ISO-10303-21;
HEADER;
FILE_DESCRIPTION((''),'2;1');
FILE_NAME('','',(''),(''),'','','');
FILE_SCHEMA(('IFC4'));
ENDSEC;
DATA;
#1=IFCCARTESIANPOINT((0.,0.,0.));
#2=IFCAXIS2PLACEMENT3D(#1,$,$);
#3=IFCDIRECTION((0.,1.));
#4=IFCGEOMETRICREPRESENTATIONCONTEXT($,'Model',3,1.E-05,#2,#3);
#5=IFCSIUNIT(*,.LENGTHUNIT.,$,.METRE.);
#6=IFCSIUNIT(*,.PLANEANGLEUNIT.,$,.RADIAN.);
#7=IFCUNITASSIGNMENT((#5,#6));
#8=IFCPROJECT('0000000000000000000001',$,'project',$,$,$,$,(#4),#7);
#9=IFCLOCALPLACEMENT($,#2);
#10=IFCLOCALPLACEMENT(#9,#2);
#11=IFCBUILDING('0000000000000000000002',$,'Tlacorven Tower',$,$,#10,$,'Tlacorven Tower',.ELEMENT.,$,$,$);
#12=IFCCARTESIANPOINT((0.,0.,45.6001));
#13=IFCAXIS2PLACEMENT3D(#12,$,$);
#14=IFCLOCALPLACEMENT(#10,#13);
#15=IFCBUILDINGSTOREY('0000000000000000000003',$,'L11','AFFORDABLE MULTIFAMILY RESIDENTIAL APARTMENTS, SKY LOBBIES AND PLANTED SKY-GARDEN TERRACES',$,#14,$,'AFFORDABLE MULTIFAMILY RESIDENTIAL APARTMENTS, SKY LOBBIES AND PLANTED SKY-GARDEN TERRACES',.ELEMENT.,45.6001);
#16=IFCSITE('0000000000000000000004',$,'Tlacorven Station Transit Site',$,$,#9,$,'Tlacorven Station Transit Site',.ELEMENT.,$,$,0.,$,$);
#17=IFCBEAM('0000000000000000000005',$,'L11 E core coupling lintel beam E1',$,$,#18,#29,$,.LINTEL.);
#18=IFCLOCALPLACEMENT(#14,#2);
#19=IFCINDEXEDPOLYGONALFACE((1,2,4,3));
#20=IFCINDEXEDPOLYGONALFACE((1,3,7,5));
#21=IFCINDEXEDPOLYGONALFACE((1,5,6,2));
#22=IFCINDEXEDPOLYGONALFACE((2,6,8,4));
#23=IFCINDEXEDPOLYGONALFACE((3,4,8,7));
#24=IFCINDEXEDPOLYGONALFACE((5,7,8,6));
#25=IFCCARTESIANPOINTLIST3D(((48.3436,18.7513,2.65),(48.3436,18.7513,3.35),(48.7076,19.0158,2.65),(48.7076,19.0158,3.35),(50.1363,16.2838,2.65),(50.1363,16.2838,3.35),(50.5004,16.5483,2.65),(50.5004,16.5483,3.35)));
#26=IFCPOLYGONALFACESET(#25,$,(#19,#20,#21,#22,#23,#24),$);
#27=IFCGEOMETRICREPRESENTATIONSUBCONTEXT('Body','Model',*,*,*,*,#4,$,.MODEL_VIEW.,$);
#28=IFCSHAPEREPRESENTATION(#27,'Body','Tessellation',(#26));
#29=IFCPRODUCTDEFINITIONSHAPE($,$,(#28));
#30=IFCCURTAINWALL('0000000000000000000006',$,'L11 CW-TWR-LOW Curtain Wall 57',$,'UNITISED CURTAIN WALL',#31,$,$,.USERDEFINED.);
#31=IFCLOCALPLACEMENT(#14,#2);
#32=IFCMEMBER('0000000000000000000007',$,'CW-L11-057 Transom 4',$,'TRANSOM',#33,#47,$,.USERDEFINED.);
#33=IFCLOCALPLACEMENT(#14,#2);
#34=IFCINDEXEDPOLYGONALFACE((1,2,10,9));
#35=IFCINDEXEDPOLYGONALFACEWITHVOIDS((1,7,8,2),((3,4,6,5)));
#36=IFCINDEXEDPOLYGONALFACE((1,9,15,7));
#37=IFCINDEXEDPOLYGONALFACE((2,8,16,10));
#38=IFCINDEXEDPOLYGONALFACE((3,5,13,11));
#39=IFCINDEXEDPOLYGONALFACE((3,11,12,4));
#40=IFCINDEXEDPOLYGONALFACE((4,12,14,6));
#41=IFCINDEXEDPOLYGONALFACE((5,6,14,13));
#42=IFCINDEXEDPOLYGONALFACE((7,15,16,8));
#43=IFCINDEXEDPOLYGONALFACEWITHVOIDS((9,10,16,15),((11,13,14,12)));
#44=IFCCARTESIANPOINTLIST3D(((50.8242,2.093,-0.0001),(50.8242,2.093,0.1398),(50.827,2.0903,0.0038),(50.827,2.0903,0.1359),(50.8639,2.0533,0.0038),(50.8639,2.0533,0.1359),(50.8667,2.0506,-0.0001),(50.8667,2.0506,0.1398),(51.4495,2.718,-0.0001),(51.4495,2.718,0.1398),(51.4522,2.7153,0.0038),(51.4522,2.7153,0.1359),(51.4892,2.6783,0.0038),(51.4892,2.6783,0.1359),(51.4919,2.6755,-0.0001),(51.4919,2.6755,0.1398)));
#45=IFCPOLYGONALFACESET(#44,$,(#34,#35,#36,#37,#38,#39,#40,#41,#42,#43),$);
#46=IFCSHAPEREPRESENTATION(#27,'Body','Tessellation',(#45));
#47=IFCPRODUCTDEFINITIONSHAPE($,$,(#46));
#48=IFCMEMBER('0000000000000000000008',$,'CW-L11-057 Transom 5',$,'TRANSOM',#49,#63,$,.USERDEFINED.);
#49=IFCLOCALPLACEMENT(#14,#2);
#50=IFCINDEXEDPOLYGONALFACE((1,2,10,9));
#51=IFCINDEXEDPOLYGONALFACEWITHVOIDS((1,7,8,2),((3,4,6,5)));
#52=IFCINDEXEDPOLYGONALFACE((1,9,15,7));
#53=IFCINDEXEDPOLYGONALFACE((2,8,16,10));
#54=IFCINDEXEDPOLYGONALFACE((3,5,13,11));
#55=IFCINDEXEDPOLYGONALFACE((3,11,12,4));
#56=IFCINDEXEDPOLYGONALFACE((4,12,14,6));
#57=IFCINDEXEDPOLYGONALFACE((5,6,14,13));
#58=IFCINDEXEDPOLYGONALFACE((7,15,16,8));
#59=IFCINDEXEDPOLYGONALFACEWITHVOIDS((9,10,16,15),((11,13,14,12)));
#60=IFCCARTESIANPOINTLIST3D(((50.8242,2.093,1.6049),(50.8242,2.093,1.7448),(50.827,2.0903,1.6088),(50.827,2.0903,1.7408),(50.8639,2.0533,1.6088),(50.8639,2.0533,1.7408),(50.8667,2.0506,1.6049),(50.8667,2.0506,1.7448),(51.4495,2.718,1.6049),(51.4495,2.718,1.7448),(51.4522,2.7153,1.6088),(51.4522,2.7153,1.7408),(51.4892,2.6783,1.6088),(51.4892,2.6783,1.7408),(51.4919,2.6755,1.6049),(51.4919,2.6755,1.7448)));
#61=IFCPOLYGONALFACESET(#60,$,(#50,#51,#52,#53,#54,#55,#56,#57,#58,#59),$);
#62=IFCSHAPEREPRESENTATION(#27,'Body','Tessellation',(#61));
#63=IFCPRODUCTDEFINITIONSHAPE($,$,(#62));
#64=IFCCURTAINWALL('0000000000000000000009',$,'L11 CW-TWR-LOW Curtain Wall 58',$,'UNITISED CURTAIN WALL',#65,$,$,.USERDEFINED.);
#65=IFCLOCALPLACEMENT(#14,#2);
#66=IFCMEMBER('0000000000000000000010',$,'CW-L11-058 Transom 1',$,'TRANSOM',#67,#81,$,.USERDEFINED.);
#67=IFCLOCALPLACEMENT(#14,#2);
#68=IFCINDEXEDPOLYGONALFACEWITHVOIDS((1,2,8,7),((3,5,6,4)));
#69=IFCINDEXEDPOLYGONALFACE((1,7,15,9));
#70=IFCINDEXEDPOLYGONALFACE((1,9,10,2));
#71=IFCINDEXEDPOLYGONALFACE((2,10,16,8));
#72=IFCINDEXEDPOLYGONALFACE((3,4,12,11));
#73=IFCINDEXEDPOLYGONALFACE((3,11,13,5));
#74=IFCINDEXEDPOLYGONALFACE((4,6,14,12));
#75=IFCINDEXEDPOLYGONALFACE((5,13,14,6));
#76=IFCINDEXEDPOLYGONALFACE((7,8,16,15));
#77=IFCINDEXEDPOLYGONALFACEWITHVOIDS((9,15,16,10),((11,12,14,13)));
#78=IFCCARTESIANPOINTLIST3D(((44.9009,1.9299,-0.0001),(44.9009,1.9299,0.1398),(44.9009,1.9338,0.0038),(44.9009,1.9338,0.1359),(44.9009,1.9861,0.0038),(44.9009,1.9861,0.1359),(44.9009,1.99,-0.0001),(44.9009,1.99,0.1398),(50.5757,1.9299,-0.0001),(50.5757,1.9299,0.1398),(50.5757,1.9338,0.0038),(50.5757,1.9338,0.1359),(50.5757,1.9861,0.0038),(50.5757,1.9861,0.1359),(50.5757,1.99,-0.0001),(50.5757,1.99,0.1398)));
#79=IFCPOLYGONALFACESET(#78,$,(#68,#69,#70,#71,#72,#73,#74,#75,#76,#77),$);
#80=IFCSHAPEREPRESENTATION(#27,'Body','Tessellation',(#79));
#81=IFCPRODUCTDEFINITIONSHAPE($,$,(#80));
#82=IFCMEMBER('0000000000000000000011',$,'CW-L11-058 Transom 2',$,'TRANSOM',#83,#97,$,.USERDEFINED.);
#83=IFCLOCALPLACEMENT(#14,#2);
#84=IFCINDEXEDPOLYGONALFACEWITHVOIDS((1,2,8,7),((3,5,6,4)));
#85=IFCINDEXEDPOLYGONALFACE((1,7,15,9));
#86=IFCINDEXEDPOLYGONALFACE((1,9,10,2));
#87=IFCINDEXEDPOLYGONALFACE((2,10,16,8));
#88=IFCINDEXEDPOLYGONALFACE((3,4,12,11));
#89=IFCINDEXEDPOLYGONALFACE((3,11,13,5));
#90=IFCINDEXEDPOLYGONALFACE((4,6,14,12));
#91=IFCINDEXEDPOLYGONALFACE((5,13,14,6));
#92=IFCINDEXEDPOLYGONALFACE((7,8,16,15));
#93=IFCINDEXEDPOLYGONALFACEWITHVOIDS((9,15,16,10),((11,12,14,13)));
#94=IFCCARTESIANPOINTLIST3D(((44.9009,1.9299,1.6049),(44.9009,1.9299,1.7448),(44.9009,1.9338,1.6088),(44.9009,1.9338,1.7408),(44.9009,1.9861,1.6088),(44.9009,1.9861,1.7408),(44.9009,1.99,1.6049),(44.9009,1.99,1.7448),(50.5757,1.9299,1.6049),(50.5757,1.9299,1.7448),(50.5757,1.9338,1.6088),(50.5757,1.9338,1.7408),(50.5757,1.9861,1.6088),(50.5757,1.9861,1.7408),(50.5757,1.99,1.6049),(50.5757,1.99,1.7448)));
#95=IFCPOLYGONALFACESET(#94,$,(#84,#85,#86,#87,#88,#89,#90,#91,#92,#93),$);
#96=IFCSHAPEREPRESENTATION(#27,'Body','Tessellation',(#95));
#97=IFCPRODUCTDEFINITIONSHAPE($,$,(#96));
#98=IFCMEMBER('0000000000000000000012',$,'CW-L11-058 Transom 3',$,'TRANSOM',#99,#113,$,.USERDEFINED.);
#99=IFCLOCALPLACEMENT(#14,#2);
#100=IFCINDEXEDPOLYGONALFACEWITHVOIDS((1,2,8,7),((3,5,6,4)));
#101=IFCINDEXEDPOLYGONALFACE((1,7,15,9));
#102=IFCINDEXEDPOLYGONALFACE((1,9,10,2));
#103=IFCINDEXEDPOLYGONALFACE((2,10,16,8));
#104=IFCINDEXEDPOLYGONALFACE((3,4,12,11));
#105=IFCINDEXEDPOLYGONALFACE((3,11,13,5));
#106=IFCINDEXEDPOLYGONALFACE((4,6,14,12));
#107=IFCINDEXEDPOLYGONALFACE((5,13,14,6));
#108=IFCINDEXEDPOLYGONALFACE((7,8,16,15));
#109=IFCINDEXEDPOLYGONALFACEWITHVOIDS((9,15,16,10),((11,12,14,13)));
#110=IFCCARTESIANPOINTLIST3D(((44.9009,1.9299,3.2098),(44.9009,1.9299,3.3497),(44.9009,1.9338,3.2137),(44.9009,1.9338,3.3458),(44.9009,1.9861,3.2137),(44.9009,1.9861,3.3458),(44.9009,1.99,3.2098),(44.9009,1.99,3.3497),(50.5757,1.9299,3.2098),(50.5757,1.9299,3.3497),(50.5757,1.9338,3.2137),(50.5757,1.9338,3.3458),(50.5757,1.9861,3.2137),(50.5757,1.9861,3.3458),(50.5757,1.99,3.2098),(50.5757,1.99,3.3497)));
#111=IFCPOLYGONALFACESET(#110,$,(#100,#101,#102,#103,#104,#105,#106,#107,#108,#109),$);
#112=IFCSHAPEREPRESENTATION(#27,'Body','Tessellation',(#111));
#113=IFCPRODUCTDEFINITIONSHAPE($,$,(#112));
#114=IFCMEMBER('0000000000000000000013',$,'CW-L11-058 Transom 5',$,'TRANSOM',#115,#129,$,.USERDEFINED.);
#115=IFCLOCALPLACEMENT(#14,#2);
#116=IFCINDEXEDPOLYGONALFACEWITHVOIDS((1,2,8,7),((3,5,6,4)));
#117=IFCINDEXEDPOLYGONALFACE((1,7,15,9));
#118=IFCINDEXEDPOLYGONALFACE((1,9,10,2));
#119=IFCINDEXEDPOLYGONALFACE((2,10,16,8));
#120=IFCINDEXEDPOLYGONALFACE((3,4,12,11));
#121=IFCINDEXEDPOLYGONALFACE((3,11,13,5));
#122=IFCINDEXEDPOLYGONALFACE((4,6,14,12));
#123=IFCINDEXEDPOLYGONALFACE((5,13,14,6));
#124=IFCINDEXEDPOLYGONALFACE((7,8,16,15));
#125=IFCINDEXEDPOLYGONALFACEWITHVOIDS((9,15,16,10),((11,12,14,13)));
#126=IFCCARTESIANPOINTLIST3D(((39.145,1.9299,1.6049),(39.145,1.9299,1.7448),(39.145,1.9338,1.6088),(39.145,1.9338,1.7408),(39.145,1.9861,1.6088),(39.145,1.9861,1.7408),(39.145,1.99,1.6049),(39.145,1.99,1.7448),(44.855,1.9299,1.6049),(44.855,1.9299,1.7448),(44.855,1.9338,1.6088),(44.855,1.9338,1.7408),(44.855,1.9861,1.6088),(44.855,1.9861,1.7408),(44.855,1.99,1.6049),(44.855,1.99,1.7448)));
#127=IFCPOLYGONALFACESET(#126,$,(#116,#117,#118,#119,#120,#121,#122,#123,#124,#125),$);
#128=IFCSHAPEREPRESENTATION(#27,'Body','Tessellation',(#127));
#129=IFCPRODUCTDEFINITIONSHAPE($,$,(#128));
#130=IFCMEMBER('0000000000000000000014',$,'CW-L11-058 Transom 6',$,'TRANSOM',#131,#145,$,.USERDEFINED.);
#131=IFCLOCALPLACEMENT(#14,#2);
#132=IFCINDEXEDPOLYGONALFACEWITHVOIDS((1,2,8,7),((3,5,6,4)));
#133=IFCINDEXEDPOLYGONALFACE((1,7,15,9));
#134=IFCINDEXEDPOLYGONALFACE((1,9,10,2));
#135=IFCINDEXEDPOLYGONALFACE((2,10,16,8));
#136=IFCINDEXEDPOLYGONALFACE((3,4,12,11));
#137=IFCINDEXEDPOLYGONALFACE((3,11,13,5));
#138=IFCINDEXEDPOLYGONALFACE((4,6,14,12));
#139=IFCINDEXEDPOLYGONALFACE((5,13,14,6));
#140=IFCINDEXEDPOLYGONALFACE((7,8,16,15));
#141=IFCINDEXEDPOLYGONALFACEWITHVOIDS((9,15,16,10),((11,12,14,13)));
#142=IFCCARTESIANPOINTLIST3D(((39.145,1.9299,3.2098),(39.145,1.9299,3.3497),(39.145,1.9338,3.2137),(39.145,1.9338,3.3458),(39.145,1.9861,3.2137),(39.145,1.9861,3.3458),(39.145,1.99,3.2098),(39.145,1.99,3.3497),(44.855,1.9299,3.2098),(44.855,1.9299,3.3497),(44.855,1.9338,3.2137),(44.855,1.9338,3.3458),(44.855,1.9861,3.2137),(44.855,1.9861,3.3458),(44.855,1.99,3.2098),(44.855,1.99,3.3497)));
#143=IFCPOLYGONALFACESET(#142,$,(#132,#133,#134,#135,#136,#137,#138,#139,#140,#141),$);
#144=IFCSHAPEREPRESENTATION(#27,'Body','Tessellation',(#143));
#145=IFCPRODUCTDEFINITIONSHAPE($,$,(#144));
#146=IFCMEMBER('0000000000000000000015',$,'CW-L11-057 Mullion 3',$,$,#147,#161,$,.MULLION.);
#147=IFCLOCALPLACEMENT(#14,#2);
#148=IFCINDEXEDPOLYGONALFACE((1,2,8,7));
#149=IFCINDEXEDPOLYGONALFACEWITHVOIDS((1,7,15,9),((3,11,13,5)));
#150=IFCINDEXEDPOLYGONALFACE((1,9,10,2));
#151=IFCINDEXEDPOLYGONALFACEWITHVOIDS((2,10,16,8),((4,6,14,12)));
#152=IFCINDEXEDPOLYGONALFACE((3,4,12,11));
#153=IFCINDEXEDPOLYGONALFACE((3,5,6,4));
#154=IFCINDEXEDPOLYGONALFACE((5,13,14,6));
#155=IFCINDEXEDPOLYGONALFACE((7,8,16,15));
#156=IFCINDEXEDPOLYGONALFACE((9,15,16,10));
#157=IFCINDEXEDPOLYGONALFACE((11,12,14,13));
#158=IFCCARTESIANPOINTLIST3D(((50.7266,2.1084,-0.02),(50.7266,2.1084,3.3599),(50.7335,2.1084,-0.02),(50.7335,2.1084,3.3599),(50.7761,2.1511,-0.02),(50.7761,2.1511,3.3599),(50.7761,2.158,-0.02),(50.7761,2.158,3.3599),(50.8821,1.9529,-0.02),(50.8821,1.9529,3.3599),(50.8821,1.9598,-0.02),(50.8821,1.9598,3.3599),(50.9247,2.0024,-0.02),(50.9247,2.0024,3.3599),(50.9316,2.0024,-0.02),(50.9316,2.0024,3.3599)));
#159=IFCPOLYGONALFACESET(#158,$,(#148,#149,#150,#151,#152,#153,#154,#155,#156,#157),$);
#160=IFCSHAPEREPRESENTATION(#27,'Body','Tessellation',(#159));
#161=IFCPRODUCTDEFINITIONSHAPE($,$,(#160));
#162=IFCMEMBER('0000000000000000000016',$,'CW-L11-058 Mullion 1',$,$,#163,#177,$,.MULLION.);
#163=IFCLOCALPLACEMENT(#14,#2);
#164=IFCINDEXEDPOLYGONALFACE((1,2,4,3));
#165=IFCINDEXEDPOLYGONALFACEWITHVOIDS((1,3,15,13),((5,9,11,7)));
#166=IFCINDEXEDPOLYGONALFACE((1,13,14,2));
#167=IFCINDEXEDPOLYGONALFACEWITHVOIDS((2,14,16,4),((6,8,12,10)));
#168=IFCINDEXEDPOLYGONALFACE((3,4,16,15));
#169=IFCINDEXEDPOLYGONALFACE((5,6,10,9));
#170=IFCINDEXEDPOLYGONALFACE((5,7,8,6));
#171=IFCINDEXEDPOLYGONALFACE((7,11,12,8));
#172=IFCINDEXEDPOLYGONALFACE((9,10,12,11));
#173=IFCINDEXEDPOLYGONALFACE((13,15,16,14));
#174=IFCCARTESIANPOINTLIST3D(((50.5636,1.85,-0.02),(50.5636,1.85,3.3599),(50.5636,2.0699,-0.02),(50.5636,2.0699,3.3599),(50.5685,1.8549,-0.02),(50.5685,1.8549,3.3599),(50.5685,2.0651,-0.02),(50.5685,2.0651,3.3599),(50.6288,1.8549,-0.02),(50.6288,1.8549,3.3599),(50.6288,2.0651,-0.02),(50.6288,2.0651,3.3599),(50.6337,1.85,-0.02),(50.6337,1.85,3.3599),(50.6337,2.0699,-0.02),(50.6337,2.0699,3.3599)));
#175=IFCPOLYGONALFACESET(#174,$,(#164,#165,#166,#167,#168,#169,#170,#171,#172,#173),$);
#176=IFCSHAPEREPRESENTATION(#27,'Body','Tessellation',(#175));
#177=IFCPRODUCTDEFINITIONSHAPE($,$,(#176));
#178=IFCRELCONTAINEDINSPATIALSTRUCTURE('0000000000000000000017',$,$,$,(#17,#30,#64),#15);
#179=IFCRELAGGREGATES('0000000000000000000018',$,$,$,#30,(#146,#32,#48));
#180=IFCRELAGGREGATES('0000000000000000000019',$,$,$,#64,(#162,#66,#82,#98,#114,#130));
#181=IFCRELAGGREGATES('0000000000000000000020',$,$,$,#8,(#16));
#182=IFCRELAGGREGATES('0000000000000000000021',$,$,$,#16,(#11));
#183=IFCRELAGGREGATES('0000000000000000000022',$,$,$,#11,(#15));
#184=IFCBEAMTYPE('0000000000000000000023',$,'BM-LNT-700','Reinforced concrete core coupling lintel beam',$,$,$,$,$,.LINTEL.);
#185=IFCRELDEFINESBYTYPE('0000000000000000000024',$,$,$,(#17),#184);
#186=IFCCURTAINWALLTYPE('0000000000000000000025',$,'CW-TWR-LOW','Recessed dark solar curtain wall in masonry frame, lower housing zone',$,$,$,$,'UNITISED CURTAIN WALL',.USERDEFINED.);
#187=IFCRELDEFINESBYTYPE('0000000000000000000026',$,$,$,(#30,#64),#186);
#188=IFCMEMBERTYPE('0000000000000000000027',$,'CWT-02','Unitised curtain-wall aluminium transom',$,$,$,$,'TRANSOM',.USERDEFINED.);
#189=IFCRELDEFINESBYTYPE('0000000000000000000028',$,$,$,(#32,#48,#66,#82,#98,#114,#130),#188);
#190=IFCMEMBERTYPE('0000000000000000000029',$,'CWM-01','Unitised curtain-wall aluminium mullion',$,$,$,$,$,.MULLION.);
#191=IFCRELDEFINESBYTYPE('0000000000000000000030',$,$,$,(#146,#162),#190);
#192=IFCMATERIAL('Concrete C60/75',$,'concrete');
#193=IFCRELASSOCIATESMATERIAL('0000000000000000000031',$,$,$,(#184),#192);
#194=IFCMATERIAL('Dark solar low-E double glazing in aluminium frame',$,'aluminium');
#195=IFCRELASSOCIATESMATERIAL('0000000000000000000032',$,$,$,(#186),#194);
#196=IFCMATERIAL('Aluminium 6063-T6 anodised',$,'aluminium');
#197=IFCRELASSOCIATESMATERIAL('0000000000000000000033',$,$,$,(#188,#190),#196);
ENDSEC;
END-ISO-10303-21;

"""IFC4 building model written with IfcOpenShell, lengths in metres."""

from ifc_helpers import new_model, si_unit, direction, frame, origin, origin_2d, place, context, subcontext, project, spatial, rectangle, hollow_rectangle, extrude, source, transform, mapped, material, material_profile, profile_set, type_object, element, aggregate, save


model = new_model("IFC4")

# Units and contexts
model_context = context("Model", 3, precision=1e-05, world=origin(), true_north=direction((0.0, 1.0)))
body_context = subcontext(model_context, "Body", "Model", "MODEL_VIEW")
ifc_project = project(units=[si_unit("LENGTHUNIT", "METRE"), si_unit("PLANEANGLEUNIT", "RADIAN")], contexts=[model_context])

# Site, building, storey
site_placement = place(None, origin())
site = spatial("IfcSite", under=ifc_project, at=site_placement, Name="Tlacorven Station Transit Site", LongName="Tlacorven Station Transit Site", CompositionType="ELEMENT", RefElevation=0.0)
building_placement = place(site_placement, origin())
building = spatial("IfcBuilding", under=site, at=building_placement, Name="Tlacorven Tower", LongName="Tlacorven Tower", CompositionType="ELEMENT")
storey_placement = place(building_placement, frame((0.0, 0.0, 45.6001)))
storey = spatial("IfcBuildingStorey", under=building, at=storey_placement, Name="L11", Description="AFFORDABLE MULTIFAMILY RESIDENTIAL APARTMENTS, SKY LOBBIES AND PLANTED SKY-GARDEN TERRACES", LongName="AFFORDABLE MULTIFAMILY RESIDENTIAL APARTMENTS, SKY LOBBIES AND PLANTED SKY-GARDEN TERRACES", CompositionType="ELEMENT", Elevation=45.6001)

# Beam
ifc_material_1 = material(Name="Concrete C60/75", Category="concrete")
ifc_material_profile_1 = material_profile(ifc_material_1, rectangle(XDim=0.45, YDim=0.7, at=origin_2d()), Name="RC 450X700")
ifc_profile_set_1 = profile_set([ifc_material_profile_1], Name="Concrete C60/75")
beam_type = type_object("IfcBeamType", Name="BM-LNT-700", Description="Reinforced concrete core coupling lintel beam", PredefinedType="LINTEL", material=ifc_profile_set_1)
shared_shape_1 = source(origin(), body_context, "Body", "SweptSolid", [
    extrude(rectangle(XDim=0.45, YDim=0.7, at=origin_2d()), origin(), (0.0, 0.0, 1.0), 3.05),
])
beam_placement = place(storey_placement, frame((50.3184, 16.416, 3.0), z_axis=(-0.587777, 0.809023, 0.0), x_axis=(-0.809023, -0.587777, 0.0)))
element("IfcBeam", 1, at=beam_placement, inside=storey, type_object=beam_type, Name="L11 E core coupling lintel beam E1", PredefinedType="LINTEL", context=body_context, shape_type="MappedRepresentation", body=[
    mapped(shared_shape_1, transform((0.0, 0.0, 0.0), scale=1.0)),
])

# Curtain walls, members
ifc_material_2 = material(Name="Dark solar low-E double glazing in aluminium frame", Category="aluminium")
curtain_wall_type = type_object("IfcCurtainWallType", Name="CW-TWR-LOW", Description="Recessed dark solar curtain wall in masonry frame, lower housing zone", ElementType="UNITISED CURTAIN WALL", PredefinedType="USERDEFINED", material=ifc_material_2)
curtain_wall_1_placement = place(storey_placement, origin())
curtain_wall_1 = element("IfcCurtainWall", 2, at=curtain_wall_1_placement, inside=storey, type_object=curtain_wall_type, Name="L11 CW-TWR-LOW Curtain Wall 57", ObjectType="UNITISED CURTAIN WALL", PredefinedType="USERDEFINED")
ifc_material_3 = material(Name="Aluminium 6063-T6 anodised", Category="aluminium")
ifc_material_profile_2 = material_profile(ifc_material_3, hollow_rectangle(XDim=0.0601, YDim=0.1399, WallThickness=0.0039, at=origin_2d()), Name="ALU TRANSOM 60X140")
ifc_profile_set_2 = profile_set([ifc_material_profile_2], Name="Aluminium 6063-T6 anodised")
member_type_1 = type_object("IfcMemberType", Name="CWT-02", Description="Unitised curtain-wall aluminium transom", ElementType="TRANSOM", PredefinedType="USERDEFINED", material=ifc_profile_set_2)
shared_shape_2 = source(origin(), body_context, "Body", "SweptSolid", [
    extrude(hollow_rectangle(XDim=0.0601, YDim=0.1399, WallThickness=0.0039, at=origin_2d()), origin(), (0.0, 0.0, 1.0), 0.884),
])
member_1_placement = place(storey_placement, frame((51.4707, 2.6968, 0.0698), z_axis=(-0.707245, -0.706969, 0.0), x_axis=(0.706969, -0.707245, 0.0)))
member_1 = element("IfcMember", 3, at=member_1_placement, type_object=member_type_1, Name="CW-L11-057 Transom 4", ObjectType="TRANSOM", PredefinedType="USERDEFINED", context=body_context, shape_type="MappedRepresentation", body=[
    mapped(shared_shape_2, transform((0.0, 0.0, 0.0), scale=1.0)),
])
member_2_placement = place(storey_placement, frame((51.4707, 2.6968, 1.6748), z_axis=(-0.707245, -0.706969, 0.0), x_axis=(0.706969, -0.707245, 0.0)))
member_2 = element("IfcMember", 4, at=member_2_placement, type_object=member_type_1, Name="CW-L11-057 Transom 5", ObjectType="TRANSOM", PredefinedType="USERDEFINED", context=body_context, shape_type="MappedRepresentation", body=[
    mapped(shared_shape_2, transform((0.0, 0.0, 0.0), scale=1.0)),
])
curtain_wall_2_placement = place(storey_placement, origin())
curtain_wall_2 = element("IfcCurtainWall", 5, at=curtain_wall_2_placement, inside=storey, type_object=curtain_wall_type, Name="L11 CW-TWR-LOW Curtain Wall 58", ObjectType="UNITISED CURTAIN WALL", PredefinedType="USERDEFINED")
shared_shape_3 = source(origin(), body_context, "Body", "SweptSolid", [
    extrude(hollow_rectangle(XDim=0.0601, YDim=0.1399, WallThickness=0.0039, at=origin_2d()), origin(), (0.0, 0.0, 1.0), 5.6748),
])
member_3_placement = place(storey_placement, frame((50.5757, 1.96, 0.0698), z_axis=(-1.0, 0.0, 0.0), x_axis=(0.0, -1.0, 0.0)))
member_3 = element("IfcMember", 6, at=member_3_placement, type_object=member_type_1, Name="CW-L11-058 Transom 1", ObjectType="TRANSOM", PredefinedType="USERDEFINED", context=body_context, shape_type="MappedRepresentation", body=[
    mapped(shared_shape_3, transform((0.0, 0.0, 0.0), scale=1.0)),
])
member_4_placement = place(storey_placement, frame((50.5757, 1.96, 1.6748), z_axis=(-1.0, 0.0, 0.0), x_axis=(0.0, -1.0, 0.0)))
member_4 = element("IfcMember", 7, at=member_4_placement, type_object=member_type_1, Name="CW-L11-058 Transom 2", ObjectType="TRANSOM", PredefinedType="USERDEFINED", context=body_context, shape_type="MappedRepresentation", body=[
    mapped(shared_shape_3, transform((0.0, 0.0, 0.0), scale=1.0)),
])
member_5_placement = place(storey_placement, frame((50.5757, 1.96, 3.2798), z_axis=(-1.0, 0.0, 0.0), x_axis=(0.0, -1.0, 0.0)))
member_5 = element("IfcMember", 8, at=member_5_placement, type_object=member_type_1, Name="CW-L11-058 Transom 3", ObjectType="TRANSOM", PredefinedType="USERDEFINED", context=body_context, shape_type="MappedRepresentation", body=[
    mapped(shared_shape_3, transform((0.0, 0.0, 0.0), scale=1.0)),
])
shared_shape_4 = source(origin(), body_context, "Body", "SweptSolid", [
    extrude(hollow_rectangle(XDim=0.0601, YDim=0.1399, WallThickness=0.0039, at=origin_2d()), origin(), (0.0, 0.0, 1.0), 5.71),
])
member_6_placement = place(storey_placement, frame((44.855, 1.96, 1.6748), z_axis=(-1.0, 0.0, 0.0), x_axis=(0.0, -1.0, 0.0)))
member_6 = element("IfcMember", 9, at=member_6_placement, type_object=member_type_1, Name="CW-L11-058 Transom 5", ObjectType="TRANSOM", PredefinedType="USERDEFINED", context=body_context, shape_type="MappedRepresentation", body=[
    mapped(shared_shape_4, transform((0.0, 0.0, 0.0), scale=1.0)),
])
member_7_placement = place(storey_placement, frame((44.855, 1.96, 3.2798), z_axis=(-1.0, 0.0, 0.0), x_axis=(0.0, -1.0, 0.0)))
member_7 = element("IfcMember", 10, at=member_7_placement, type_object=member_type_1, Name="CW-L11-058 Transom 6", ObjectType="TRANSOM", PredefinedType="USERDEFINED", context=body_context, shape_type="MappedRepresentation", body=[
    mapped(shared_shape_4, transform((0.0, 0.0, 0.0), scale=1.0)),
])

# Members
ifc_material_profile_3 = material_profile(ifc_material_3, hollow_rectangle(XDim=0.0701, YDim=0.22, WallThickness=0.0049, at=origin_2d()), Name="ALU MULLION 70X220")
ifc_profile_set_3 = profile_set([ifc_material_profile_3], Name="Aluminium 6063-T6 anodised")
member_type_2 = type_object("IfcMemberType", Name="CWM-01", Description="Unitised curtain-wall aluminium mullion", PredefinedType="MULLION", material=ifc_profile_set_3)
shared_shape_5 = source(origin(), body_context, "Body", "SweptSolid", [
    extrude(hollow_rectangle(XDim=0.0701, YDim=0.22, WallThickness=0.0049, at=origin_2d()), origin(), (0.0, 0.0, 1.0), 3.3799),
])
member_8_placement = place(storey_placement, frame((50.8291, 2.0554, -0.02), z_axis=(0.0, 0.0, 1.0), x_axis=(-0.707107, -0.707107, 0.0)))
member_8 = element("IfcMember", 11, at=member_8_placement, type_object=member_type_2, Name="CW-L11-057 Mullion 3", PredefinedType="MULLION", context=body_context, shape_type="MappedRepresentation", body=[
    mapped(shared_shape_5, transform((0.0, 0.0, 0.0), scale=1.0)),
])
member_9_placement = place(storey_placement, frame((50.5986, 1.96, -0.02), z_axis=(0.0, 0.0, 1.0), x_axis=(-1.0, 0.0, 0.0)))
member_9 = element("IfcMember", 12, at=member_9_placement, type_object=member_type_2, Name="CW-L11-058 Mullion 1", PredefinedType="MULLION", context=body_context, shape_type="MappedRepresentation", body=[
    mapped(shared_shape_5, transform((0.0, 0.0, 0.0), scale=1.0)),
])

aggregate(curtain_wall_1, [member_8, member_1, member_2])
aggregate(curtain_wall_2, [member_9, member_3, member_4, member_5, member_6, member_7])

save(model, "model.ifc")
